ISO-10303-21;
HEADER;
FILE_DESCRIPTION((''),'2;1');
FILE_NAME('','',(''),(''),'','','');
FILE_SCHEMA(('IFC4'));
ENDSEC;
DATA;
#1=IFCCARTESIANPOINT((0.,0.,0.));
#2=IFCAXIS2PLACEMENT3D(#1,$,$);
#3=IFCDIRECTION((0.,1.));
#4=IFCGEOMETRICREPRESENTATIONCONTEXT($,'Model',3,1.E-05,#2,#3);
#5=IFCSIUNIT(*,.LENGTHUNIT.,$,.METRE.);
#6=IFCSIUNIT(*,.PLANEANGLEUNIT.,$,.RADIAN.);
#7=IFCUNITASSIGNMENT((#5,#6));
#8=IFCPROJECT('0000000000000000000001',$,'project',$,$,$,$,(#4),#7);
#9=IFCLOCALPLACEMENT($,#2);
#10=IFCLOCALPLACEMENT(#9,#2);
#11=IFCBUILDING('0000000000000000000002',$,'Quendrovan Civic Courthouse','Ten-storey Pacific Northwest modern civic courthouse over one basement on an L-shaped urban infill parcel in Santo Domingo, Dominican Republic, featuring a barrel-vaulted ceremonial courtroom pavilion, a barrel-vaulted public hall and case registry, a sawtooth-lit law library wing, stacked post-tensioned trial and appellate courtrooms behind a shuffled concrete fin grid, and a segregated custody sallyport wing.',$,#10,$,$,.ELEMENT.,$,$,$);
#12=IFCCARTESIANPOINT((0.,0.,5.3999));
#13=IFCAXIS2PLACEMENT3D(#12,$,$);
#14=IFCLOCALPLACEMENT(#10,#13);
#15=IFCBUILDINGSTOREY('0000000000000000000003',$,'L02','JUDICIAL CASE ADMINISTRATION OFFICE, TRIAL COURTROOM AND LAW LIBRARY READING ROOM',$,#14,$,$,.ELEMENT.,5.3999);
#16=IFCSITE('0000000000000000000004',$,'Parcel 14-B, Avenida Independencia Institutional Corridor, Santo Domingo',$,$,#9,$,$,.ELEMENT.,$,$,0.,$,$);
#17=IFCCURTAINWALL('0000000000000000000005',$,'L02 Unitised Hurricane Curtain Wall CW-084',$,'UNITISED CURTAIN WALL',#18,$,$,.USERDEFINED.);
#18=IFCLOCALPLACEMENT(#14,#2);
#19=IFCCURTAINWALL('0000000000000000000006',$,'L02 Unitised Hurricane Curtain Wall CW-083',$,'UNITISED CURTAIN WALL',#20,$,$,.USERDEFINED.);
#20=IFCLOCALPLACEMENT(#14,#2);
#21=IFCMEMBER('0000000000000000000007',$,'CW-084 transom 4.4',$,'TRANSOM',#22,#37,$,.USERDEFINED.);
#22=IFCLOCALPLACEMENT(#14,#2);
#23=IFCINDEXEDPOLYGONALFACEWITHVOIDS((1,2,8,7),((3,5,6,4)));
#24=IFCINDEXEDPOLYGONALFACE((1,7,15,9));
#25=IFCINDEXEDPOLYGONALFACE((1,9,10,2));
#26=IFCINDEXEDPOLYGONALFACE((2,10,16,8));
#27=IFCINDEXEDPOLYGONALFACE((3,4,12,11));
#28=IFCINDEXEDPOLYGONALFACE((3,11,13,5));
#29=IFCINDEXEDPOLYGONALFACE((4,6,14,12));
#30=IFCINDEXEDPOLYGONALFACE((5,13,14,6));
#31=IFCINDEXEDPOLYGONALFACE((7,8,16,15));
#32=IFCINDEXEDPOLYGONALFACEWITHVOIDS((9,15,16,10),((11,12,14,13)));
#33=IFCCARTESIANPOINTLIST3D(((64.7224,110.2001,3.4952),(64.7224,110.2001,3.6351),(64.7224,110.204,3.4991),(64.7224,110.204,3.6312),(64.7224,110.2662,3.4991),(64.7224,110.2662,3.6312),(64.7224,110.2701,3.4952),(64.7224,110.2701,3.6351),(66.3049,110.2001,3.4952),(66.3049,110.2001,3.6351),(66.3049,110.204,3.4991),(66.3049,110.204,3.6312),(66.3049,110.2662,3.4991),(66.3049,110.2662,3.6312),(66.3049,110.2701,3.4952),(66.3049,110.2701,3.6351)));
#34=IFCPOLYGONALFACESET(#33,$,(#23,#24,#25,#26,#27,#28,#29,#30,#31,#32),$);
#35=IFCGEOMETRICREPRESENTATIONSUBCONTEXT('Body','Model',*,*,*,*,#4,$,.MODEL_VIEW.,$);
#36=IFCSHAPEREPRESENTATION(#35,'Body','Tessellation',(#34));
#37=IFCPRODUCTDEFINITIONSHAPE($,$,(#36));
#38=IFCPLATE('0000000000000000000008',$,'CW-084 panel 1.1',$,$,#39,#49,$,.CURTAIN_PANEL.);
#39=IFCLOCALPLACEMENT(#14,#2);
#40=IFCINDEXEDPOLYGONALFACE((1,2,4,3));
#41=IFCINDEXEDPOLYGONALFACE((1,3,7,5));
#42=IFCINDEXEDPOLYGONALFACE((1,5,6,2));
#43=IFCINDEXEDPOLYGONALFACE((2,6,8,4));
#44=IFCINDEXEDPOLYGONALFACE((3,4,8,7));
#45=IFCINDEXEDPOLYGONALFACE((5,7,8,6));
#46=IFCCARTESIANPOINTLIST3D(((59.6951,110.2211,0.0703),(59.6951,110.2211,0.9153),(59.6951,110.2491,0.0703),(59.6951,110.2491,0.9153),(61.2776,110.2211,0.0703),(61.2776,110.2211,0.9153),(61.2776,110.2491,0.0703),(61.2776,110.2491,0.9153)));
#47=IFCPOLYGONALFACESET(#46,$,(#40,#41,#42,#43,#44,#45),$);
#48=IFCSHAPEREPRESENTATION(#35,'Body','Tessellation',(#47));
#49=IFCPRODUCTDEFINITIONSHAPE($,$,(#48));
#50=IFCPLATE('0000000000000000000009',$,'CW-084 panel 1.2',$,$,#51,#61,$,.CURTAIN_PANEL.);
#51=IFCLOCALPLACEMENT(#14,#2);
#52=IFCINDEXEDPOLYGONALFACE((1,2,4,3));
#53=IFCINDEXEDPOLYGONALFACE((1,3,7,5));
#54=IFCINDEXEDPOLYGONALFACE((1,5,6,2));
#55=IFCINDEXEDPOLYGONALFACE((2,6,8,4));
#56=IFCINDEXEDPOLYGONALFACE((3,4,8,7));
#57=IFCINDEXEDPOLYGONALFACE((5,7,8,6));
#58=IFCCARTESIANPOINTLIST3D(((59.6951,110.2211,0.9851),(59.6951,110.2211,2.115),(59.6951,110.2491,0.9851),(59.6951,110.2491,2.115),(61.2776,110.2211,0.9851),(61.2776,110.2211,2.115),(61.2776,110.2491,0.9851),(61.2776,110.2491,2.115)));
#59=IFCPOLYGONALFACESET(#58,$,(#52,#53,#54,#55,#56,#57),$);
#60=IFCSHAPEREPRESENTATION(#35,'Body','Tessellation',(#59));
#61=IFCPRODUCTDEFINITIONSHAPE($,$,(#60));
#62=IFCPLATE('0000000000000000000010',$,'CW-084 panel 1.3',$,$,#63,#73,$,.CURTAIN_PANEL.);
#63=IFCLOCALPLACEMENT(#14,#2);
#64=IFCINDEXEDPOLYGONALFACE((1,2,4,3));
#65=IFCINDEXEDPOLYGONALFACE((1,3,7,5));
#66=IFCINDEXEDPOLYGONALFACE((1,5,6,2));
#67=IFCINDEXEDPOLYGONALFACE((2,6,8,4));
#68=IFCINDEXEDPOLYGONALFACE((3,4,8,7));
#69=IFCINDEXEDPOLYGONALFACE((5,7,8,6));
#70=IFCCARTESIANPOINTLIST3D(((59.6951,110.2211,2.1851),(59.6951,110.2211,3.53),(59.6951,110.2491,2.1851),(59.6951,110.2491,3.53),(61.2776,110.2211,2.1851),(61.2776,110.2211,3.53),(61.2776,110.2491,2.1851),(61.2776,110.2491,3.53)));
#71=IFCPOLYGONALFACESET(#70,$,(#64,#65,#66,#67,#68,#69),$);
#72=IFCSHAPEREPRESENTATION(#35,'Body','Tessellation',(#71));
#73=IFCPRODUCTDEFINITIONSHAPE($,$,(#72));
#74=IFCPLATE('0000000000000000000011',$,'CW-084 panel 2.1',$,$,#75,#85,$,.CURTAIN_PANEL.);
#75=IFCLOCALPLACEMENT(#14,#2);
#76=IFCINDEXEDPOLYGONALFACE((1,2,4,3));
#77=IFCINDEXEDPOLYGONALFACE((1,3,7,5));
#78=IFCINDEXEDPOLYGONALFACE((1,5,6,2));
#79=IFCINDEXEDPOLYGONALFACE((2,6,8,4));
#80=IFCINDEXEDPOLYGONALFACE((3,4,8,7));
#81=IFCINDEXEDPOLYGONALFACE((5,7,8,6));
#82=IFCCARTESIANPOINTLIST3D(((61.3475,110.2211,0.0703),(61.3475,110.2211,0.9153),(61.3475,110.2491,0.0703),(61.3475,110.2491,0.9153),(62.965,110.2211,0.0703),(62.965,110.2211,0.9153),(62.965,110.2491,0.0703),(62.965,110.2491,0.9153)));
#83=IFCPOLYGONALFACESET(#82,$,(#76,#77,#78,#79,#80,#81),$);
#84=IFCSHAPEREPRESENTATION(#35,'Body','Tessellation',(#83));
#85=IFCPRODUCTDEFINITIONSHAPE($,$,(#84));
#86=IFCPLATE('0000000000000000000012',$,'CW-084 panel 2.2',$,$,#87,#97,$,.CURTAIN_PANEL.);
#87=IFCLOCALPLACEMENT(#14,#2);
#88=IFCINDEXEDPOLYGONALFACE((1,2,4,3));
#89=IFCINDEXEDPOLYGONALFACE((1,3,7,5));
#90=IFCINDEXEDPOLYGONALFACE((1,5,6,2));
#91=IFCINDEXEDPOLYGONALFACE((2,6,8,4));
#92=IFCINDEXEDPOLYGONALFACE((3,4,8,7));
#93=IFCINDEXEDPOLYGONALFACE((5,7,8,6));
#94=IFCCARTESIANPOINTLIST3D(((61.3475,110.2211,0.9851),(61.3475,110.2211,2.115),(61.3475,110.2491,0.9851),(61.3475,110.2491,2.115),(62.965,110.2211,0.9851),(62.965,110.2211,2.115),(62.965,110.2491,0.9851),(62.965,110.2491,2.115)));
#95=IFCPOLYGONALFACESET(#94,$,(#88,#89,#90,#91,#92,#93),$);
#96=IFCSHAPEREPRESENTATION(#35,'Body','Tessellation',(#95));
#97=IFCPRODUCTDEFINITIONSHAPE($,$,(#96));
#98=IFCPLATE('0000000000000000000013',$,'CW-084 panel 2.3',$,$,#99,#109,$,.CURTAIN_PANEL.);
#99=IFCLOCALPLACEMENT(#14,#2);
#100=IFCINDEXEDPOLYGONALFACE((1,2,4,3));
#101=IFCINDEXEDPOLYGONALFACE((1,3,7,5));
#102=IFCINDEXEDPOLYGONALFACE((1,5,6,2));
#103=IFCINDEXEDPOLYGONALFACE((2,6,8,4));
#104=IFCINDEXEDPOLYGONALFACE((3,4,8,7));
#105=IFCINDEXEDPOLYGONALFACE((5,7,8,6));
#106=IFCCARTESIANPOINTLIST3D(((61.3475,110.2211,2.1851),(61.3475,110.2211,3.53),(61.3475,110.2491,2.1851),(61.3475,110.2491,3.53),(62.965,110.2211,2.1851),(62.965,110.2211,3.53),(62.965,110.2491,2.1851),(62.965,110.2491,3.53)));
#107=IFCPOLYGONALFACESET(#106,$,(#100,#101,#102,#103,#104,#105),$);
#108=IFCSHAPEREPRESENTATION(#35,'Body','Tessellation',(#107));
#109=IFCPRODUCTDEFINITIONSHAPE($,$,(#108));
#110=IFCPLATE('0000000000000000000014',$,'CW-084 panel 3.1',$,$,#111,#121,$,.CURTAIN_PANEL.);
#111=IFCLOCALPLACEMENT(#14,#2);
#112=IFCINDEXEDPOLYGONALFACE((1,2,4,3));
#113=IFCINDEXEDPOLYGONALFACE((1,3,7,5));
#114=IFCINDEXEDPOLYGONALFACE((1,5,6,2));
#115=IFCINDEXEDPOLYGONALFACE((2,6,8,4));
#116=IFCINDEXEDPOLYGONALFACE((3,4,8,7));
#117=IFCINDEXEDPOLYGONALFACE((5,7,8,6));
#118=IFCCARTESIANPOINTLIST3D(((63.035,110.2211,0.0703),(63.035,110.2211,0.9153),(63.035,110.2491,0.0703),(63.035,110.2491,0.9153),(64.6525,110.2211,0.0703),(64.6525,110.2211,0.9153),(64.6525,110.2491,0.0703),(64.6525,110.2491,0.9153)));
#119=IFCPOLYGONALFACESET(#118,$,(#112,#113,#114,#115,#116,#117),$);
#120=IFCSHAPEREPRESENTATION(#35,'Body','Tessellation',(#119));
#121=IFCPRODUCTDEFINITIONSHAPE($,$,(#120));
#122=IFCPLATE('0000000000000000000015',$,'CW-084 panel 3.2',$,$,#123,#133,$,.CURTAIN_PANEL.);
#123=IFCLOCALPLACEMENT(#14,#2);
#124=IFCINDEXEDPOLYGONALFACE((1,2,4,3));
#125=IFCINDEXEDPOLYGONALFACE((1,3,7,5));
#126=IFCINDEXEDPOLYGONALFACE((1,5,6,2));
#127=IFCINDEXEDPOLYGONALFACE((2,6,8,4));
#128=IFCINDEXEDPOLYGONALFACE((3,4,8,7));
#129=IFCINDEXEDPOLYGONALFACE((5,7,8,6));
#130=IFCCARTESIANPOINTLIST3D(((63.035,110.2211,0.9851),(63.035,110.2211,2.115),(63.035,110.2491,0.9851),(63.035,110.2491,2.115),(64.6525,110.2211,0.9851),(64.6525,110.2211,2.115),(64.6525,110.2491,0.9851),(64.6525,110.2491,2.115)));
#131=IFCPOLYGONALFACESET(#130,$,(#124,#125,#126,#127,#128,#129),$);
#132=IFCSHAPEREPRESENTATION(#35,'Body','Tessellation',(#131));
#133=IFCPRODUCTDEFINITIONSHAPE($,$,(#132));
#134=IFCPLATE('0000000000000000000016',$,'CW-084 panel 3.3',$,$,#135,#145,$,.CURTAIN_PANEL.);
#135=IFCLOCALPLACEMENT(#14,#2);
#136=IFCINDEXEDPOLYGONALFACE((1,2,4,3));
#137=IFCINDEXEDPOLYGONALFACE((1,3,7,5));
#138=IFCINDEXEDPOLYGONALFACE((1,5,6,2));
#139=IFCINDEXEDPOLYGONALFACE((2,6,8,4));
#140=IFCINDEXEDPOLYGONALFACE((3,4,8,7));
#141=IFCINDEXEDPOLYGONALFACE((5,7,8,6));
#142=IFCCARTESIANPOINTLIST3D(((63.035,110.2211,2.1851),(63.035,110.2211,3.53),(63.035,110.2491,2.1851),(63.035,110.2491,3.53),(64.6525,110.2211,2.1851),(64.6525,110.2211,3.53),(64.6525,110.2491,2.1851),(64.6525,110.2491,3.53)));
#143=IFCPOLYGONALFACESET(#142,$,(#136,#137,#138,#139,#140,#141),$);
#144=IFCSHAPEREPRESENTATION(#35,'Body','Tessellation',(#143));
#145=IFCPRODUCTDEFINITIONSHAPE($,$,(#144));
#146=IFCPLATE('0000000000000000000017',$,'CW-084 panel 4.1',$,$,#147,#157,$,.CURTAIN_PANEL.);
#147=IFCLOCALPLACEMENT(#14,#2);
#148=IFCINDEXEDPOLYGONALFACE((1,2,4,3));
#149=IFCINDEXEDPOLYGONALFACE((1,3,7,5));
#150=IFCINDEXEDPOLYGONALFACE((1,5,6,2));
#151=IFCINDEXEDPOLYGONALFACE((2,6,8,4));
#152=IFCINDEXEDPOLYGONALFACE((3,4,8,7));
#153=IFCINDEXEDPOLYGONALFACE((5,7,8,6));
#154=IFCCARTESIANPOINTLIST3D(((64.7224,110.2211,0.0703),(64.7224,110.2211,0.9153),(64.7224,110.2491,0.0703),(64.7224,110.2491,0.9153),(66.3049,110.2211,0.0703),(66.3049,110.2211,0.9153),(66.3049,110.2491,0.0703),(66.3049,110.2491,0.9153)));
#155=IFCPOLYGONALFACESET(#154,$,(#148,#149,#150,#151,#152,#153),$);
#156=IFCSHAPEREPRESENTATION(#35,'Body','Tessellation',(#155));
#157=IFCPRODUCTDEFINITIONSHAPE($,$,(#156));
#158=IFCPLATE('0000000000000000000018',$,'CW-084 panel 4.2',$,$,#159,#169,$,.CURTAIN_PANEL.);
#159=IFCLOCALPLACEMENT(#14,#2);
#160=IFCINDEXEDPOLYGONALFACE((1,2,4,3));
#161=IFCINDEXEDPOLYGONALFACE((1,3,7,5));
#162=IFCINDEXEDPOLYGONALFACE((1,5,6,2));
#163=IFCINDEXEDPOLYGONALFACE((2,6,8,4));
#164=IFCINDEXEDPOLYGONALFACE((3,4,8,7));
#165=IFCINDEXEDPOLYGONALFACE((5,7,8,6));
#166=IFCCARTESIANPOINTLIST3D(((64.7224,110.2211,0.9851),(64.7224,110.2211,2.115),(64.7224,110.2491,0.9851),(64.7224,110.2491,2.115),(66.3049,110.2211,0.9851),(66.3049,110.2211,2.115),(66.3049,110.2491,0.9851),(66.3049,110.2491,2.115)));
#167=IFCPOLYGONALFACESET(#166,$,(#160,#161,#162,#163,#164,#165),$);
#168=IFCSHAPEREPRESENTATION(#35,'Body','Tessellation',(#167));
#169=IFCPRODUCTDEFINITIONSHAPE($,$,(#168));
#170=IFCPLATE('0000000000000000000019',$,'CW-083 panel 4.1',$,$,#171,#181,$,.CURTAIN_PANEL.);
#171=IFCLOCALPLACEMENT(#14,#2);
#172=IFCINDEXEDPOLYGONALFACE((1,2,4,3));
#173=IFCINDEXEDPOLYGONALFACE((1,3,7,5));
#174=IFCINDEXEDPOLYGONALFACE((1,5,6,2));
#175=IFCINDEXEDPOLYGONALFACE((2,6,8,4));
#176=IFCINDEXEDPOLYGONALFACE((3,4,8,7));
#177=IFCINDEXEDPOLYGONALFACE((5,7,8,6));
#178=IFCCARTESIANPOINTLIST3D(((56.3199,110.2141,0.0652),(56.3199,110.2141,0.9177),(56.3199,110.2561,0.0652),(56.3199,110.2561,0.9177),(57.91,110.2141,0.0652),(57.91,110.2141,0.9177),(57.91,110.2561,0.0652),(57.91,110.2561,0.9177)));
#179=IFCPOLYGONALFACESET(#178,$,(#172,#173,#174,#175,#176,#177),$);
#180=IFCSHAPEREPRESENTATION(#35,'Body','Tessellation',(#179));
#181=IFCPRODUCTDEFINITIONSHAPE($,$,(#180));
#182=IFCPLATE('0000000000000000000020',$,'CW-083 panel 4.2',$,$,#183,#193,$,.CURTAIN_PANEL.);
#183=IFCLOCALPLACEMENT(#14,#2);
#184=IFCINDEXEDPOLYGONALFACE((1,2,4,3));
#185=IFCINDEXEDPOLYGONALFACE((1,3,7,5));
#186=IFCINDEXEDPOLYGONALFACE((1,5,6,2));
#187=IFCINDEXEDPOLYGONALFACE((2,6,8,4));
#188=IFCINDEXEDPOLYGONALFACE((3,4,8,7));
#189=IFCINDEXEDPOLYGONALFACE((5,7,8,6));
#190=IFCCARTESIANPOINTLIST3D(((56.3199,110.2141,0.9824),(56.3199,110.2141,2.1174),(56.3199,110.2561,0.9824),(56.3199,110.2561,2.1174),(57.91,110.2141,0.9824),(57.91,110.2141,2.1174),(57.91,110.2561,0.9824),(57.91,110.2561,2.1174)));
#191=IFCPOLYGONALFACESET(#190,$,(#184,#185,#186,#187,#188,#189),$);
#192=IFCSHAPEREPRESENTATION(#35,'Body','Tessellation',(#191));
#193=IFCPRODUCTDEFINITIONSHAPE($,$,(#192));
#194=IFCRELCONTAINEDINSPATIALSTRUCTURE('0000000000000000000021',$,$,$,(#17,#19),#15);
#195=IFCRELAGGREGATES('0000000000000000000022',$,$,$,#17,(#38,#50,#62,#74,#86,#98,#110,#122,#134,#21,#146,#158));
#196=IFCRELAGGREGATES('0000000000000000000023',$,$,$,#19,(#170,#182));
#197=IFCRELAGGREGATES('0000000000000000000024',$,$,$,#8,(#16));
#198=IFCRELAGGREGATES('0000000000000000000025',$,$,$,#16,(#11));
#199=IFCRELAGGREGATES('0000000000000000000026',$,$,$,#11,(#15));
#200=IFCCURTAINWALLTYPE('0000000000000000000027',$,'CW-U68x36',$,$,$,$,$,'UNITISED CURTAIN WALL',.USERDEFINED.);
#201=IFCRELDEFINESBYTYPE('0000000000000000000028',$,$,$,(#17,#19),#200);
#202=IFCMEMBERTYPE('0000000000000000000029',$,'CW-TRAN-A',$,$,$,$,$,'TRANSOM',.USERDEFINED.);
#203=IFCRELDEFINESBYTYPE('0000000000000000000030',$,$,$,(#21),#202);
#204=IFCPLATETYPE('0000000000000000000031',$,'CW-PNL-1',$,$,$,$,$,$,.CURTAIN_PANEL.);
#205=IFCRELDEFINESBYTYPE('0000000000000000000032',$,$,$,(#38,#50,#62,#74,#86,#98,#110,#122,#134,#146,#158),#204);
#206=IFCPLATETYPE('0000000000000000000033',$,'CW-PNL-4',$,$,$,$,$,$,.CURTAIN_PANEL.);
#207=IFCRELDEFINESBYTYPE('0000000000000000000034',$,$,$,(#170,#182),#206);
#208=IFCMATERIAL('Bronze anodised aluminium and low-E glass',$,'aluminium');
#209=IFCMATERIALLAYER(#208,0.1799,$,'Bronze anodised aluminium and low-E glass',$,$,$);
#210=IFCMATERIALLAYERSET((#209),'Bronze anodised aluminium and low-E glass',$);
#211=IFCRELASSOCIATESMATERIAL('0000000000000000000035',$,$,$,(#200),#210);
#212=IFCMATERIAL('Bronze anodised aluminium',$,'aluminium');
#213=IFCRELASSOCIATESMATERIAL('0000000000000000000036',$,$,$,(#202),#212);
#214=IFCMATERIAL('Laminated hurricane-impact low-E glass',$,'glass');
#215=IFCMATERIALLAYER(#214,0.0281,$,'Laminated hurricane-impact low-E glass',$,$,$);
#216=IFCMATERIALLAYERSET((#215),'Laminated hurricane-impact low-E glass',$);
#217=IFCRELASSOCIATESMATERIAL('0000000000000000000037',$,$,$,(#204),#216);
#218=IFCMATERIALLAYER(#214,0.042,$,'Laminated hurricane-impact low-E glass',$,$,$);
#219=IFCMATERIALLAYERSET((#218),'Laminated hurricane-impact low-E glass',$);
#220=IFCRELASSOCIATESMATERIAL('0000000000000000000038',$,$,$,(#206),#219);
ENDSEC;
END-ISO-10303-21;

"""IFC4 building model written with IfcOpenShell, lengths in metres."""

from ifc_helpers import new_model, si_unit, direction, frame, origin, origin_2d, place, context, subcontext, project, spatial, rectangle, hollow_rectangle, extrude, material, layer, layer_set, material_profile, profile_set, type_object, element, aggregate, save


model = new_model("IFC4")

# Units and contexts
model_context = context("Model", 3, precision=1e-05, world=origin(), true_north=direction((0.0, 1.0)))
body_context = subcontext(model_context, "Body", "Model", "MODEL_VIEW")
ifc_project = project(units=[si_unit("LENGTHUNIT", "METRE"), si_unit("PLANEANGLEUNIT", "RADIAN")], contexts=[model_context])

# Site, building, storey
site_placement = place(None, origin())
site = spatial("IfcSite", under=ifc_project, at=site_placement, Name="Parcel 14-B, Avenida Independencia Institutional Corridor, Santo Domingo", CompositionType="ELEMENT", RefElevation=0.0)
building_placement = place(site_placement, origin())
building = spatial("IfcBuilding", under=site, at=building_placement, Name="Quendrovan Civic Courthouse", Description="Ten-storey Pacific Northwest modern civic courthouse over one basement on an L-shaped urban infill parcel in Santo Domingo, Dominican Republic, featuring a barrel-vaulted ceremonial courtroom pavilion, a barrel-vaulted public hall and case registry, a sawtooth-lit law library wing, stacked post-tensioned trial and appellate courtrooms behind a shuffled concrete fin grid, and a segregated custody sallyport wing.", CompositionType="ELEMENT")
storey_placement = place(building_placement, frame((0.0, 0.0, 5.3999)))
storey = spatial("IfcBuildingStorey", under=building, at=storey_placement, Name="L02", Description="JUDICIAL CASE ADMINISTRATION OFFICE, TRIAL COURTROOM AND LAW LIBRARY READING ROOM", CompositionType="ELEMENT", Elevation=5.3999)

# Curtain wall
ifc_material_1 = material(Name="Bronze anodised aluminium and low-E glass", Category="aluminium")
ifc_layer_1 = layer(ifc_material_1, 0.1799, Name="Bronze anodised aluminium and low-E glass")
ifc_layer_set_1 = layer_set([ifc_layer_1], Name="Bronze anodised aluminium and low-E glass")
curtain_wall_type = type_object("IfcCurtainWallType", Name="CW-U68x36", ElementType="UNITISED CURTAIN WALL", PredefinedType="USERDEFINED", material=ifc_layer_set_1)
curtain_wall_1_placement = place(storey_placement, origin())
curtain_wall_1 = element("IfcCurtainWall", 1, at=curtain_wall_1_placement, inside=storey, type_object=curtain_wall_type, Name="L02 Unitised Hurricane Curtain Wall CW-084", ObjectType="UNITISED CURTAIN WALL", PredefinedType="USERDEFINED")
ifc_material_2 = material(Name="Bronze anodised aluminium", Category="aluminium")

# Curtain wall
curtain_wall_2_placement = place(storey_placement, origin())
curtain_wall_2 = element("IfcCurtainWall", 2, at=curtain_wall_2_placement, inside=storey, type_object=curtain_wall_type, Name="L02 Unitised Hurricane Curtain Wall CW-083", ObjectType="UNITISED CURTAIN WALL", PredefinedType="USERDEFINED")

# Member
ifc_material_profile_1 = material_profile(ifc_material_2, hollow_rectangle(XDim=0.0701, YDim=0.1399, WallThickness=0.0039, at=origin_2d()), Name="CW-TRAN-70x140")
ifc_profile_set_1 = profile_set([ifc_material_profile_1], Name="Bronze anodised aluminium")
member_type_1 = type_object("IfcMemberType", Name="CW-TRAN-A", ElementType="TRANSOM", PredefinedType="USERDEFINED", material=ifc_profile_set_1)
member_1_placement = place(storey_placement, frame((64.7224, 110.2351, 3.5652), z_axis=(1.0, 0.0, 0.0), x_axis=(0.0, 1.0, 0.0)))
member_1 = element("IfcMember", 3, at=member_1_placement, type_object=member_type_1, Name="CW-084 transom 4.4", ObjectType="TRANSOM", PredefinedType="USERDEFINED", context=body_context, shape_type="SweptSolid", body=[
    extrude(hollow_rectangle(XDim=0.0701, YDim=0.1399, WallThickness=0.0039, at=origin_2d()), origin(), (0.0, 0.0, 1.0), 1.5825),
])

# Plates
ifc_material_3 = material(Name="Laminated hurricane-impact low-E glass", Category="glass")
ifc_layer_2 = layer(ifc_material_3, 0.0281, Name="Laminated hurricane-impact low-E glass")
ifc_layer_set_2 = layer_set([ifc_layer_2], Name="Laminated hurricane-impact low-E glass")
plate_type_1 = type_object("IfcPlateType", Name="CW-PNL-1", PredefinedType="CURTAIN_PANEL", material=ifc_layer_set_2)
plate_1_placement = place(storey_placement, frame((60.4863, 110.2351, 0.0703), z_axis=(0.0, 0.0, 1.0), x_axis=(1.0, 0.0, 0.0)))
plate_1 = element("IfcPlate", 4, at=plate_1_placement, type_object=plate_type_1, Name="CW-084 panel 1.1", PredefinedType="CURTAIN_PANEL", context=body_context, shape_type="SweptSolid", body=[
    extrude(rectangle(XDim=1.5825, YDim=0.0281, at=origin_2d()), origin(), (0.0, 0.0, 1.0), 0.845),
])
plate_2_placement = place(storey_placement, frame((60.4863, 110.2351, 0.9851), z_axis=(0.0, 0.0, 1.0), x_axis=(1.0, 0.0, 0.0)))
plate_2 = element("IfcPlate", 5, at=plate_2_placement, type_object=plate_type_1, Name="CW-084 panel 1.2", PredefinedType="CURTAIN_PANEL", context=body_context, shape_type="SweptSolid", body=[
    extrude(rectangle(XDim=1.5825, YDim=0.0281, at=origin_2d()), origin(), (0.0, 0.0, 1.0), 1.1299),
])
plate_3_placement = place(storey_placement, frame((60.4863, 110.2351, 2.1851), z_axis=(0.0, 0.0, 1.0), x_axis=(1.0, 0.0, 0.0)))
plate_3 = element("IfcPlate", 6, at=plate_3_placement, type_object=plate_type_1, Name="CW-084 panel 1.3", PredefinedType="CURTAIN_PANEL", context=body_context, shape_type="SweptSolid", body=[
    extrude(rectangle(XDim=1.5825, YDim=0.0281, at=origin_2d()), origin(), (0.0, 0.0, 1.0), 1.345),
])
plate_4_placement = place(storey_placement, frame((62.1562, 110.2351, 0.0703), z_axis=(0.0, 0.0, 1.0), x_axis=(1.0, 0.0, 0.0)))
plate_4 = element("IfcPlate", 7, at=plate_4_placement, type_object=plate_type_1, Name="CW-084 panel 2.1", PredefinedType="CURTAIN_PANEL", context=body_context, shape_type="SweptSolid", body=[
    extrude(rectangle(XDim=1.6174, YDim=0.0281, at=origin_2d()), origin(), (0.0, 0.0, 1.0), 0.845),
])
plate_5_placement = place(storey_placement, frame((62.1562, 110.2351, 0.9851), z_axis=(0.0, 0.0, 1.0), x_axis=(1.0, 0.0, 0.0)))
plate_5 = element("IfcPlate", 8, at=plate_5_placement, type_object=plate_type_1, Name="CW-084 panel 2.2", PredefinedType="CURTAIN_PANEL", context=body_context, shape_type="SweptSolid", body=[
    extrude(rectangle(XDim=1.6174, YDim=0.0281, at=origin_2d()), origin(), (0.0, 0.0, 1.0), 1.1299),
])
plate_6_placement = place(storey_placement, frame((62.1562, 110.2351, 2.1851), z_axis=(0.0, 0.0, 1.0), x_axis=(1.0, 0.0, 0.0)))
plate_6 = element("IfcPlate", 9, at=plate_6_placement, type_object=plate_type_1, Name="CW-084 panel 2.3", PredefinedType="CURTAIN_PANEL", context=body_context, shape_type="SweptSolid", body=[
    extrude(rectangle(XDim=1.6174, YDim=0.0281, at=origin_2d()), origin(), (0.0, 0.0, 1.0), 1.345),
])
plate_7_placement = place(storey_placement, frame((63.8438, 110.2351, 0.0703), z_axis=(0.0, 0.0, 1.0), x_axis=(1.0, 0.0, 0.0)))
plate_7 = element("IfcPlate", 10, at=plate_7_placement, type_object=plate_type_1, Name="CW-084 panel 3.1", PredefinedType="CURTAIN_PANEL", context=body_context, shape_type="SweptSolid", body=[
    extrude(rectangle(XDim=1.6174, YDim=0.0281, at=origin_2d()), origin(), (0.0, 0.0, 1.0), 0.845),
])
plate_8_placement = place(storey_placement, frame((63.8438, 110.2351, 0.9851), z_axis=(0.0, 0.0, 1.0), x_axis=(1.0, 0.0, 0.0)))
plate_8 = element("IfcPlate", 11, at=plate_8_placement, type_object=plate_type_1, Name="CW-084 panel 3.2", PredefinedType="CURTAIN_PANEL", context=body_context, shape_type="SweptSolid", body=[
    extrude(rectangle(XDim=1.6174, YDim=0.0281, at=origin_2d()), origin(), (0.0, 0.0, 1.0), 1.1299),
])
plate_9_placement = place(storey_placement, frame((63.8438, 110.2351, 2.1851), z_axis=(0.0, 0.0, 1.0), x_axis=(1.0, 0.0, 0.0)))
plate_9 = element("IfcPlate", 12, at=plate_9_placement, type_object=plate_type_1, Name="CW-084 panel 3.3", PredefinedType="CURTAIN_PANEL", context=body_context, shape_type="SweptSolid", body=[
    extrude(rectangle(XDim=1.6174, YDim=0.0281, at=origin_2d()), origin(), (0.0, 0.0, 1.0), 1.345),
])
plate_10_placement = place(storey_placement, frame((65.5137, 110.2351, 0.0703), z_axis=(0.0, 0.0, 1.0), x_axis=(1.0, 0.0, 0.0)))
plate_10 = element("IfcPlate", 13, at=plate_10_placement, type_object=plate_type_1, Name="CW-084 panel 4.1", PredefinedType="CURTAIN_PANEL", context=body_context, shape_type="SweptSolid", body=[
    extrude(rectangle(XDim=1.5825, YDim=0.0281, at=origin_2d()), origin(), (0.0, 0.0, 1.0), 0.845),
])
plate_11_placement = place(storey_placement, frame((65.5137, 110.2351, 0.9851), z_axis=(0.0, 0.0, 1.0), x_axis=(1.0, 0.0, 0.0)))
plate_11 = element("IfcPlate", 14, at=plate_11_placement, type_object=plate_type_1, Name="CW-084 panel 4.2", PredefinedType="CURTAIN_PANEL", context=body_context, shape_type="SweptSolid", body=[
    extrude(rectangle(XDim=1.5825, YDim=0.0281, at=origin_2d()), origin(), (0.0, 0.0, 1.0), 1.1299),
])
aggregate(curtain_wall_1, [plate_1, plate_2, plate_3, plate_4, plate_5, plate_6, plate_7, plate_8, plate_9, member_1, plate_10, plate_11])
ifc_layer_3 = layer(ifc_material_3, 0.042, Name="Laminated hurricane-impact low-E glass")
ifc_layer_set_3 = layer_set([ifc_layer_3], Name="Laminated hurricane-impact low-E glass")
plate_type_2 = type_object("IfcPlateType", Name="CW-PNL-4", PredefinedType="CURTAIN_PANEL", material=ifc_layer_set_3)
plate_12_placement = place(storey_placement, frame((57.115, 110.2351, 0.0652), z_axis=(0.0, 0.0, 1.0), x_axis=(1.0, 0.0, 0.0)))
plate_12 = element("IfcPlate", 15, at=plate_12_placement, type_object=plate_type_2, Name="CW-083 panel 4.1", PredefinedType="CURTAIN_PANEL", context=body_context, shape_type="SweptSolid", body=[
    extrude(rectangle(XDim=1.5901, YDim=0.042, at=origin_2d()), origin(), (0.0, 0.0, 1.0), 0.8525),
])
plate_13_placement = place(storey_placement, frame((57.115, 110.2351, 0.9824), z_axis=(0.0, 0.0, 1.0), x_axis=(1.0, 0.0, 0.0)))
plate_13 = element("IfcPlate", 16, at=plate_13_placement, type_object=plate_type_2, Name="CW-083 panel 4.2", PredefinedType="CURTAIN_PANEL", context=body_context, shape_type="SweptSolid", body=[
    extrude(rectangle(XDim=1.5901, YDim=0.042, at=origin_2d()), origin(), (0.0, 0.0, 1.0), 1.135),
])
aggregate(curtain_wall_2, [plate_12, plate_13])

save(model, "model.ifc")
